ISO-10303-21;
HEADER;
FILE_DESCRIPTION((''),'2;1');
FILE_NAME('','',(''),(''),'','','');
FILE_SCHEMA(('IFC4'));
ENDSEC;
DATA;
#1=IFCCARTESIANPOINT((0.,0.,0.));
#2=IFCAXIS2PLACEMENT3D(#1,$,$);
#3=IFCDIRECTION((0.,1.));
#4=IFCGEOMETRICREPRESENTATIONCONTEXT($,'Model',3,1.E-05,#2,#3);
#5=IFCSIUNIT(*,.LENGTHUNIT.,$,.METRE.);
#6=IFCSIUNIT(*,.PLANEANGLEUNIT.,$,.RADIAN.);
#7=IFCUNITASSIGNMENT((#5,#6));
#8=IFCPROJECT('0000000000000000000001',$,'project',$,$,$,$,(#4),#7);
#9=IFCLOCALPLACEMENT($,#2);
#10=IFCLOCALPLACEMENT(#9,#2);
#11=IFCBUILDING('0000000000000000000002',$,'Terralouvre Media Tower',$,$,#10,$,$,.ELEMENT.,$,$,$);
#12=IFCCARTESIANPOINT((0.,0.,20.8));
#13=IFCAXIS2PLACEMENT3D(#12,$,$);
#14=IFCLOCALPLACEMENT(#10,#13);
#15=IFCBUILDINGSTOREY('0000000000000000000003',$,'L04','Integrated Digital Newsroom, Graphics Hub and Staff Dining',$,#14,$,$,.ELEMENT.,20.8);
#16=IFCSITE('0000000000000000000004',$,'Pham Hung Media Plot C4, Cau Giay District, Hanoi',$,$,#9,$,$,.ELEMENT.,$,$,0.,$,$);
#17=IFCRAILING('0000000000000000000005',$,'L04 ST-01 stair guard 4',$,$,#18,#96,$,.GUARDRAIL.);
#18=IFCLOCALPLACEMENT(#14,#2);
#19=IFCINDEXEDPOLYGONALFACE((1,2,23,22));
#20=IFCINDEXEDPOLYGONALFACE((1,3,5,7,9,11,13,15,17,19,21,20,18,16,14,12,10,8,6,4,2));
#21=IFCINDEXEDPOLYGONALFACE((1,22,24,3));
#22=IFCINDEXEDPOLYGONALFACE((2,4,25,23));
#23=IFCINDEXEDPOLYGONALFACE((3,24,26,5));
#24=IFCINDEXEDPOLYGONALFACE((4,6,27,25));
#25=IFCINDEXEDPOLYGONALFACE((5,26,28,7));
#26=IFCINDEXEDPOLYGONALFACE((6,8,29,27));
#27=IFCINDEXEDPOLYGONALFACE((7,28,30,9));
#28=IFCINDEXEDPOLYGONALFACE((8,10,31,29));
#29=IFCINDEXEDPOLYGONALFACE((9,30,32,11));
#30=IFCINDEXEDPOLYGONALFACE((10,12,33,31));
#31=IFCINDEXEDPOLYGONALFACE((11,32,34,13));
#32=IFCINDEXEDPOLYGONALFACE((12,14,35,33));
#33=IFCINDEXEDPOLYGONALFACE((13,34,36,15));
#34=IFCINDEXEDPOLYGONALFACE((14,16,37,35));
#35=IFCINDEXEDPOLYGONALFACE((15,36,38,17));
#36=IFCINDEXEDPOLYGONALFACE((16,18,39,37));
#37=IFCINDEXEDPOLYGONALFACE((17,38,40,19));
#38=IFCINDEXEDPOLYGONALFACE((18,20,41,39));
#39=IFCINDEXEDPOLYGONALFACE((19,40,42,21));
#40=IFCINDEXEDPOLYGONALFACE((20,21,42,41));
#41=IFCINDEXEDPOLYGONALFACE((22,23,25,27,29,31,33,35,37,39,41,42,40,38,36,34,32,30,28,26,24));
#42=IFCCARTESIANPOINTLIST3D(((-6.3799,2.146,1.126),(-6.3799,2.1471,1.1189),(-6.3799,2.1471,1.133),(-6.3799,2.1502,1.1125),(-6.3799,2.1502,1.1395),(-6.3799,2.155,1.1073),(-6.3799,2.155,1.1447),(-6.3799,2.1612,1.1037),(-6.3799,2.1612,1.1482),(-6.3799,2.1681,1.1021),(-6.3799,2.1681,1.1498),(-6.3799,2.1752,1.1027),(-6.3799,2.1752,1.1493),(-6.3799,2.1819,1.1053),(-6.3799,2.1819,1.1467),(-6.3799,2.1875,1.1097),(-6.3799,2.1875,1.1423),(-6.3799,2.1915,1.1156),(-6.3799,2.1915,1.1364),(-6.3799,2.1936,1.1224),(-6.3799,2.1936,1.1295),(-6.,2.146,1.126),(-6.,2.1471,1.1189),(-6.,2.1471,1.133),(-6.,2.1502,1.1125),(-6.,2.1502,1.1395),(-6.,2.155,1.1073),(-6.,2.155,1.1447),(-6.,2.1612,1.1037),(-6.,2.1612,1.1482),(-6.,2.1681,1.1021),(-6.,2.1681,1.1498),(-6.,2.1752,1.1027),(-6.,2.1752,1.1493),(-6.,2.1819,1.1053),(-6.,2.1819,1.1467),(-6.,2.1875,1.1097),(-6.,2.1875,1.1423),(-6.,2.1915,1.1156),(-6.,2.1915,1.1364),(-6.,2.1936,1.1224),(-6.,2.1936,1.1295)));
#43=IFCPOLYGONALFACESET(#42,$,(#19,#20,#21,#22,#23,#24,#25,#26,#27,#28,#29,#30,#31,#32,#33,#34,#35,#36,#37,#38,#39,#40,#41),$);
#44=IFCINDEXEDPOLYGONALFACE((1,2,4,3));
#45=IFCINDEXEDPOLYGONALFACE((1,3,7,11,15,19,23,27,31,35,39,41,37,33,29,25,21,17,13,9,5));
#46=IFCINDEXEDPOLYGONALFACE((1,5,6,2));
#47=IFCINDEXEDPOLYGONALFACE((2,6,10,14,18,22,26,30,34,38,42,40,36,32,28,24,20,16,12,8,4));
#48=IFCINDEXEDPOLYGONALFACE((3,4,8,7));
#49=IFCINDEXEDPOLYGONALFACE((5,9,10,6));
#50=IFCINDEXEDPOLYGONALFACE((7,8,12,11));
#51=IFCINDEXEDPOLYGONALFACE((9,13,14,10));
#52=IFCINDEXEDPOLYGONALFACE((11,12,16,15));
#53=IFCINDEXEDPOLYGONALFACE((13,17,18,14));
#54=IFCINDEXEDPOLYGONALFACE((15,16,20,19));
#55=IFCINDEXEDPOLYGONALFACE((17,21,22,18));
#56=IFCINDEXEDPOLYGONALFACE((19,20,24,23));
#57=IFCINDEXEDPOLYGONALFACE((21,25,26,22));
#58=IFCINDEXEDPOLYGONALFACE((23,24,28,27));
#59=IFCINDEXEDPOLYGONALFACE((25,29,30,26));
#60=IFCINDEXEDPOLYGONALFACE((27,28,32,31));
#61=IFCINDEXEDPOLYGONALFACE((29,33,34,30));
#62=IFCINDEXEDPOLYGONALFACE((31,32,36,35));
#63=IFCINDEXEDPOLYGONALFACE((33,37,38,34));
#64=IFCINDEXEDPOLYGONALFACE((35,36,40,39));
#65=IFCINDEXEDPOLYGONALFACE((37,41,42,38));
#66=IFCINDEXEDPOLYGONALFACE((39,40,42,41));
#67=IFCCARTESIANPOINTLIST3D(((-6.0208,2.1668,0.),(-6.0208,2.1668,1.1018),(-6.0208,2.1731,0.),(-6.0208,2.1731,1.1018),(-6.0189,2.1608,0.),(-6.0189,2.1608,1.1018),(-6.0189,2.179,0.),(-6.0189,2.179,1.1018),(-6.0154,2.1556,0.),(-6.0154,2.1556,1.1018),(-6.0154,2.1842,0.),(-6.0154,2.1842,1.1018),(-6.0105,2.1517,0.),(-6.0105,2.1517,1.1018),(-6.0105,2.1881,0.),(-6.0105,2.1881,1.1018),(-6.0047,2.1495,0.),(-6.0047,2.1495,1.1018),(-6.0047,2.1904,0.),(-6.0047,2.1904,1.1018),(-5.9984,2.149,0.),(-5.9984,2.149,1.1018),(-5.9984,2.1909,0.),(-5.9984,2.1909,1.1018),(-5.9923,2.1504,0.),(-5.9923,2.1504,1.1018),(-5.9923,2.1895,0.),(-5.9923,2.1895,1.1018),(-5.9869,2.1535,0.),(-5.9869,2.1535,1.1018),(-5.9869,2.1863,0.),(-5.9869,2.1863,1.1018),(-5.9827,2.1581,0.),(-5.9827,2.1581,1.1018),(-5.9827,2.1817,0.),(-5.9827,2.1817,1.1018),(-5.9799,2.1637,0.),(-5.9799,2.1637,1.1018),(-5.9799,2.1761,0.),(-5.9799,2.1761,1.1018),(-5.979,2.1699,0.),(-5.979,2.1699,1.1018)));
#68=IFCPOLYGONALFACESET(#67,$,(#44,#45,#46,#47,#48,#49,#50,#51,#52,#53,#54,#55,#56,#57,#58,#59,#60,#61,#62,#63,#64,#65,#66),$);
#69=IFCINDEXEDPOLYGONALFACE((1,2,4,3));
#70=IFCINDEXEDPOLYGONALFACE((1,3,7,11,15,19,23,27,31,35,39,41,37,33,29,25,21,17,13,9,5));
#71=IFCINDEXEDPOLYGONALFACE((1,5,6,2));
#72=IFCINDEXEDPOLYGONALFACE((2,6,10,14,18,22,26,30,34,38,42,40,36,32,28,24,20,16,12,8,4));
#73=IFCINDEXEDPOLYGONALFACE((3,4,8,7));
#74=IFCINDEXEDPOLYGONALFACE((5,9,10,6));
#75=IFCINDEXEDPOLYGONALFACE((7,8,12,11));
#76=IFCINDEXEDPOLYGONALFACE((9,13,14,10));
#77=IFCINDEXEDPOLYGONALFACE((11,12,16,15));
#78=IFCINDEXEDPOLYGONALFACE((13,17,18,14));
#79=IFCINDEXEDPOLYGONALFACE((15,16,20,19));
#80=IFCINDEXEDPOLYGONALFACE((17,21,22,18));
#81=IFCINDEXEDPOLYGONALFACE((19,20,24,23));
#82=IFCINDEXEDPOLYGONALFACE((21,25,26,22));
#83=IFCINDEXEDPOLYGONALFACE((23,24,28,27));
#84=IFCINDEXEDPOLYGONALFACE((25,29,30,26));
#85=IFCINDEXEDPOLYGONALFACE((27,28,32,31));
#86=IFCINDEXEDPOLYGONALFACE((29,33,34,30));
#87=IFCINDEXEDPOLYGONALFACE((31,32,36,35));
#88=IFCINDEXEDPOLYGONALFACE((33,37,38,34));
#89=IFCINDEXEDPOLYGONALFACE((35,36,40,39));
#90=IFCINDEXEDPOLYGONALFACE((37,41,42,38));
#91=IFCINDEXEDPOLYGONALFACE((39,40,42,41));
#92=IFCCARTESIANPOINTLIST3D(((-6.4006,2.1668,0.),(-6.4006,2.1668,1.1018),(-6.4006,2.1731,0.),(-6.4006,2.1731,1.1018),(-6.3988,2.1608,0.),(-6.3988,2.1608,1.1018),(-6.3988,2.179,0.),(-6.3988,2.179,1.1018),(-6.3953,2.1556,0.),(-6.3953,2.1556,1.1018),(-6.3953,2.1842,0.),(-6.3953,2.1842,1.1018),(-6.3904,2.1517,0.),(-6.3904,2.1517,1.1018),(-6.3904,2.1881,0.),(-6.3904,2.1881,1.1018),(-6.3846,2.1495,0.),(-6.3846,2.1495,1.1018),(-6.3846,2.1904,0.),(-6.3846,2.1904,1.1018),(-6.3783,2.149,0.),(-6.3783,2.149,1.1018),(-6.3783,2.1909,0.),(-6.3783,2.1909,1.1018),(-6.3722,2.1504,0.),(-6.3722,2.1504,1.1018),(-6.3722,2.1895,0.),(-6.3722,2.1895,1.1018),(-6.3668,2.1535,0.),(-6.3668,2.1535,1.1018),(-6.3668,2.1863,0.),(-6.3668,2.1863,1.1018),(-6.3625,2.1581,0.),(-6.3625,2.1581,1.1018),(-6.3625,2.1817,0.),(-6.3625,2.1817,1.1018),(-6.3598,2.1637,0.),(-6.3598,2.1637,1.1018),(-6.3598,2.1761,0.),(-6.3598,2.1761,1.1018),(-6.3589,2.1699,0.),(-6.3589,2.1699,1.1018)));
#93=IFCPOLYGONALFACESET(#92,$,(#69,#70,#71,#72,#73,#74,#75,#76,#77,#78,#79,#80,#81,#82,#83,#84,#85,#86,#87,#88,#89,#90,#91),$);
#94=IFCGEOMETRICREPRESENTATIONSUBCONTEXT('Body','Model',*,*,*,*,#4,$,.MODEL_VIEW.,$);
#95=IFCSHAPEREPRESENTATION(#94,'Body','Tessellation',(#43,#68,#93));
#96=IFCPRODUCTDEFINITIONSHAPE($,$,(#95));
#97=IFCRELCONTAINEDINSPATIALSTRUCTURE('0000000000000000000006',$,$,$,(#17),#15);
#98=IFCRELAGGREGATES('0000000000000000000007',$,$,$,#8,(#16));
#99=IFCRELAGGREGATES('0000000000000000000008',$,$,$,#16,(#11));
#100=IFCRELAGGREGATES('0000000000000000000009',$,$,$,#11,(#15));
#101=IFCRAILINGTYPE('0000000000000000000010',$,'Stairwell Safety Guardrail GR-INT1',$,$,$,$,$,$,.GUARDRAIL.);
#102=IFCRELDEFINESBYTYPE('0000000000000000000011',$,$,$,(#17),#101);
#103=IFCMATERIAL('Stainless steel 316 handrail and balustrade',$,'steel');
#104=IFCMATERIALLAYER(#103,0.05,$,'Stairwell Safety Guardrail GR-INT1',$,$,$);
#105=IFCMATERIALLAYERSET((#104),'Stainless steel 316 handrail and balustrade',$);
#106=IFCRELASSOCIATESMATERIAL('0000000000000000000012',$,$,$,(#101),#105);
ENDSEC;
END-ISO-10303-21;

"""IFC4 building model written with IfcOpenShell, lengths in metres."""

from ifc_helpers import new_model, si_unit, direction, frame, origin, origin_2d, place, context, subcontext, project, spatial, circle, extrude, material, layer, layer_set, type_object, element, save


model = new_model("IFC4")

# Units and contexts
model_context = context("Model", 3, precision=1e-05, world=origin(), true_north=direction((0.0, 1.0)))
body_context = subcontext(model_context, "Body", "Model", "MODEL_VIEW")
ifc_project = project(units=[si_unit("LENGTHUNIT", "METRE"), si_unit("PLANEANGLEUNIT", "RADIAN")], contexts=[model_context])

# Site, building, storey
site_placement = place(None, origin())
site = spatial("IfcSite", under=ifc_project, at=site_placement, Name="Pham Hung Media Plot C4, Cau Giay District, Hanoi", CompositionType="ELEMENT", RefElevation=0.0)
building_placement = place(site_placement, origin())
building = spatial("IfcBuilding", under=site, at=building_placement, Name="Terralouvre Media Tower", CompositionType="ELEMENT")
storey_placement = place(building_placement, frame((0.0, 0.0, 20.8)))
storey = spatial("IfcBuildingStorey", under=building, at=storey_placement, Name="L04", Description="Integrated Digital Newsroom, Graphics Hub and Staff Dining", CompositionType="ELEMENT", Elevation=20.8)

# Railing
ifc_material_1 = material(Name="Stainless steel 316 handrail and balustrade", Category="steel")
ifc_layer_1 = layer(ifc_material_1, 0.05, Name="Stairwell Safety Guardrail GR-INT1")
ifc_layer_set_1 = layer_set([ifc_layer_1], Name="Stainless steel 316 handrail and balustrade")
railing_type_1 = type_object("IfcRailingType", Name="Stairwell Safety Guardrail GR-INT1", PredefinedType="GUARDRAIL", material=ifc_layer_set_1)
railing_1_placement = place(storey_placement, frame((-6.0, 2.1699, 0.0)))
element("IfcRailing", 1, at=railing_1_placement, inside=storey, type_object=railing_type_1, Name="L04 ST-01 stair guard 4", PredefinedType="GUARDRAIL", context=body_context, shape_type="SweptSolid", body=[
    extrude(circle(Radius=0.0239, at=origin_2d()), frame((0.0, 0.0, 1.126), z_axis=(-1.0, 0.0, 0.0), x_axis=(0.0, -1.0, 0.0)), (0.0, 0.0, 1.0), 0.3799),
    extrude(circle(Radius=0.021, at=origin_2d()), origin(), (0.0, 0.0, 1.0), 1.1018),
    extrude(circle(Radius=0.021, at=origin_2d()), frame((-0.3799, 0.0, 0.0)), (0.0, 0.0, 1.0), 1.1018),
])

save(model, "model.ifc")
